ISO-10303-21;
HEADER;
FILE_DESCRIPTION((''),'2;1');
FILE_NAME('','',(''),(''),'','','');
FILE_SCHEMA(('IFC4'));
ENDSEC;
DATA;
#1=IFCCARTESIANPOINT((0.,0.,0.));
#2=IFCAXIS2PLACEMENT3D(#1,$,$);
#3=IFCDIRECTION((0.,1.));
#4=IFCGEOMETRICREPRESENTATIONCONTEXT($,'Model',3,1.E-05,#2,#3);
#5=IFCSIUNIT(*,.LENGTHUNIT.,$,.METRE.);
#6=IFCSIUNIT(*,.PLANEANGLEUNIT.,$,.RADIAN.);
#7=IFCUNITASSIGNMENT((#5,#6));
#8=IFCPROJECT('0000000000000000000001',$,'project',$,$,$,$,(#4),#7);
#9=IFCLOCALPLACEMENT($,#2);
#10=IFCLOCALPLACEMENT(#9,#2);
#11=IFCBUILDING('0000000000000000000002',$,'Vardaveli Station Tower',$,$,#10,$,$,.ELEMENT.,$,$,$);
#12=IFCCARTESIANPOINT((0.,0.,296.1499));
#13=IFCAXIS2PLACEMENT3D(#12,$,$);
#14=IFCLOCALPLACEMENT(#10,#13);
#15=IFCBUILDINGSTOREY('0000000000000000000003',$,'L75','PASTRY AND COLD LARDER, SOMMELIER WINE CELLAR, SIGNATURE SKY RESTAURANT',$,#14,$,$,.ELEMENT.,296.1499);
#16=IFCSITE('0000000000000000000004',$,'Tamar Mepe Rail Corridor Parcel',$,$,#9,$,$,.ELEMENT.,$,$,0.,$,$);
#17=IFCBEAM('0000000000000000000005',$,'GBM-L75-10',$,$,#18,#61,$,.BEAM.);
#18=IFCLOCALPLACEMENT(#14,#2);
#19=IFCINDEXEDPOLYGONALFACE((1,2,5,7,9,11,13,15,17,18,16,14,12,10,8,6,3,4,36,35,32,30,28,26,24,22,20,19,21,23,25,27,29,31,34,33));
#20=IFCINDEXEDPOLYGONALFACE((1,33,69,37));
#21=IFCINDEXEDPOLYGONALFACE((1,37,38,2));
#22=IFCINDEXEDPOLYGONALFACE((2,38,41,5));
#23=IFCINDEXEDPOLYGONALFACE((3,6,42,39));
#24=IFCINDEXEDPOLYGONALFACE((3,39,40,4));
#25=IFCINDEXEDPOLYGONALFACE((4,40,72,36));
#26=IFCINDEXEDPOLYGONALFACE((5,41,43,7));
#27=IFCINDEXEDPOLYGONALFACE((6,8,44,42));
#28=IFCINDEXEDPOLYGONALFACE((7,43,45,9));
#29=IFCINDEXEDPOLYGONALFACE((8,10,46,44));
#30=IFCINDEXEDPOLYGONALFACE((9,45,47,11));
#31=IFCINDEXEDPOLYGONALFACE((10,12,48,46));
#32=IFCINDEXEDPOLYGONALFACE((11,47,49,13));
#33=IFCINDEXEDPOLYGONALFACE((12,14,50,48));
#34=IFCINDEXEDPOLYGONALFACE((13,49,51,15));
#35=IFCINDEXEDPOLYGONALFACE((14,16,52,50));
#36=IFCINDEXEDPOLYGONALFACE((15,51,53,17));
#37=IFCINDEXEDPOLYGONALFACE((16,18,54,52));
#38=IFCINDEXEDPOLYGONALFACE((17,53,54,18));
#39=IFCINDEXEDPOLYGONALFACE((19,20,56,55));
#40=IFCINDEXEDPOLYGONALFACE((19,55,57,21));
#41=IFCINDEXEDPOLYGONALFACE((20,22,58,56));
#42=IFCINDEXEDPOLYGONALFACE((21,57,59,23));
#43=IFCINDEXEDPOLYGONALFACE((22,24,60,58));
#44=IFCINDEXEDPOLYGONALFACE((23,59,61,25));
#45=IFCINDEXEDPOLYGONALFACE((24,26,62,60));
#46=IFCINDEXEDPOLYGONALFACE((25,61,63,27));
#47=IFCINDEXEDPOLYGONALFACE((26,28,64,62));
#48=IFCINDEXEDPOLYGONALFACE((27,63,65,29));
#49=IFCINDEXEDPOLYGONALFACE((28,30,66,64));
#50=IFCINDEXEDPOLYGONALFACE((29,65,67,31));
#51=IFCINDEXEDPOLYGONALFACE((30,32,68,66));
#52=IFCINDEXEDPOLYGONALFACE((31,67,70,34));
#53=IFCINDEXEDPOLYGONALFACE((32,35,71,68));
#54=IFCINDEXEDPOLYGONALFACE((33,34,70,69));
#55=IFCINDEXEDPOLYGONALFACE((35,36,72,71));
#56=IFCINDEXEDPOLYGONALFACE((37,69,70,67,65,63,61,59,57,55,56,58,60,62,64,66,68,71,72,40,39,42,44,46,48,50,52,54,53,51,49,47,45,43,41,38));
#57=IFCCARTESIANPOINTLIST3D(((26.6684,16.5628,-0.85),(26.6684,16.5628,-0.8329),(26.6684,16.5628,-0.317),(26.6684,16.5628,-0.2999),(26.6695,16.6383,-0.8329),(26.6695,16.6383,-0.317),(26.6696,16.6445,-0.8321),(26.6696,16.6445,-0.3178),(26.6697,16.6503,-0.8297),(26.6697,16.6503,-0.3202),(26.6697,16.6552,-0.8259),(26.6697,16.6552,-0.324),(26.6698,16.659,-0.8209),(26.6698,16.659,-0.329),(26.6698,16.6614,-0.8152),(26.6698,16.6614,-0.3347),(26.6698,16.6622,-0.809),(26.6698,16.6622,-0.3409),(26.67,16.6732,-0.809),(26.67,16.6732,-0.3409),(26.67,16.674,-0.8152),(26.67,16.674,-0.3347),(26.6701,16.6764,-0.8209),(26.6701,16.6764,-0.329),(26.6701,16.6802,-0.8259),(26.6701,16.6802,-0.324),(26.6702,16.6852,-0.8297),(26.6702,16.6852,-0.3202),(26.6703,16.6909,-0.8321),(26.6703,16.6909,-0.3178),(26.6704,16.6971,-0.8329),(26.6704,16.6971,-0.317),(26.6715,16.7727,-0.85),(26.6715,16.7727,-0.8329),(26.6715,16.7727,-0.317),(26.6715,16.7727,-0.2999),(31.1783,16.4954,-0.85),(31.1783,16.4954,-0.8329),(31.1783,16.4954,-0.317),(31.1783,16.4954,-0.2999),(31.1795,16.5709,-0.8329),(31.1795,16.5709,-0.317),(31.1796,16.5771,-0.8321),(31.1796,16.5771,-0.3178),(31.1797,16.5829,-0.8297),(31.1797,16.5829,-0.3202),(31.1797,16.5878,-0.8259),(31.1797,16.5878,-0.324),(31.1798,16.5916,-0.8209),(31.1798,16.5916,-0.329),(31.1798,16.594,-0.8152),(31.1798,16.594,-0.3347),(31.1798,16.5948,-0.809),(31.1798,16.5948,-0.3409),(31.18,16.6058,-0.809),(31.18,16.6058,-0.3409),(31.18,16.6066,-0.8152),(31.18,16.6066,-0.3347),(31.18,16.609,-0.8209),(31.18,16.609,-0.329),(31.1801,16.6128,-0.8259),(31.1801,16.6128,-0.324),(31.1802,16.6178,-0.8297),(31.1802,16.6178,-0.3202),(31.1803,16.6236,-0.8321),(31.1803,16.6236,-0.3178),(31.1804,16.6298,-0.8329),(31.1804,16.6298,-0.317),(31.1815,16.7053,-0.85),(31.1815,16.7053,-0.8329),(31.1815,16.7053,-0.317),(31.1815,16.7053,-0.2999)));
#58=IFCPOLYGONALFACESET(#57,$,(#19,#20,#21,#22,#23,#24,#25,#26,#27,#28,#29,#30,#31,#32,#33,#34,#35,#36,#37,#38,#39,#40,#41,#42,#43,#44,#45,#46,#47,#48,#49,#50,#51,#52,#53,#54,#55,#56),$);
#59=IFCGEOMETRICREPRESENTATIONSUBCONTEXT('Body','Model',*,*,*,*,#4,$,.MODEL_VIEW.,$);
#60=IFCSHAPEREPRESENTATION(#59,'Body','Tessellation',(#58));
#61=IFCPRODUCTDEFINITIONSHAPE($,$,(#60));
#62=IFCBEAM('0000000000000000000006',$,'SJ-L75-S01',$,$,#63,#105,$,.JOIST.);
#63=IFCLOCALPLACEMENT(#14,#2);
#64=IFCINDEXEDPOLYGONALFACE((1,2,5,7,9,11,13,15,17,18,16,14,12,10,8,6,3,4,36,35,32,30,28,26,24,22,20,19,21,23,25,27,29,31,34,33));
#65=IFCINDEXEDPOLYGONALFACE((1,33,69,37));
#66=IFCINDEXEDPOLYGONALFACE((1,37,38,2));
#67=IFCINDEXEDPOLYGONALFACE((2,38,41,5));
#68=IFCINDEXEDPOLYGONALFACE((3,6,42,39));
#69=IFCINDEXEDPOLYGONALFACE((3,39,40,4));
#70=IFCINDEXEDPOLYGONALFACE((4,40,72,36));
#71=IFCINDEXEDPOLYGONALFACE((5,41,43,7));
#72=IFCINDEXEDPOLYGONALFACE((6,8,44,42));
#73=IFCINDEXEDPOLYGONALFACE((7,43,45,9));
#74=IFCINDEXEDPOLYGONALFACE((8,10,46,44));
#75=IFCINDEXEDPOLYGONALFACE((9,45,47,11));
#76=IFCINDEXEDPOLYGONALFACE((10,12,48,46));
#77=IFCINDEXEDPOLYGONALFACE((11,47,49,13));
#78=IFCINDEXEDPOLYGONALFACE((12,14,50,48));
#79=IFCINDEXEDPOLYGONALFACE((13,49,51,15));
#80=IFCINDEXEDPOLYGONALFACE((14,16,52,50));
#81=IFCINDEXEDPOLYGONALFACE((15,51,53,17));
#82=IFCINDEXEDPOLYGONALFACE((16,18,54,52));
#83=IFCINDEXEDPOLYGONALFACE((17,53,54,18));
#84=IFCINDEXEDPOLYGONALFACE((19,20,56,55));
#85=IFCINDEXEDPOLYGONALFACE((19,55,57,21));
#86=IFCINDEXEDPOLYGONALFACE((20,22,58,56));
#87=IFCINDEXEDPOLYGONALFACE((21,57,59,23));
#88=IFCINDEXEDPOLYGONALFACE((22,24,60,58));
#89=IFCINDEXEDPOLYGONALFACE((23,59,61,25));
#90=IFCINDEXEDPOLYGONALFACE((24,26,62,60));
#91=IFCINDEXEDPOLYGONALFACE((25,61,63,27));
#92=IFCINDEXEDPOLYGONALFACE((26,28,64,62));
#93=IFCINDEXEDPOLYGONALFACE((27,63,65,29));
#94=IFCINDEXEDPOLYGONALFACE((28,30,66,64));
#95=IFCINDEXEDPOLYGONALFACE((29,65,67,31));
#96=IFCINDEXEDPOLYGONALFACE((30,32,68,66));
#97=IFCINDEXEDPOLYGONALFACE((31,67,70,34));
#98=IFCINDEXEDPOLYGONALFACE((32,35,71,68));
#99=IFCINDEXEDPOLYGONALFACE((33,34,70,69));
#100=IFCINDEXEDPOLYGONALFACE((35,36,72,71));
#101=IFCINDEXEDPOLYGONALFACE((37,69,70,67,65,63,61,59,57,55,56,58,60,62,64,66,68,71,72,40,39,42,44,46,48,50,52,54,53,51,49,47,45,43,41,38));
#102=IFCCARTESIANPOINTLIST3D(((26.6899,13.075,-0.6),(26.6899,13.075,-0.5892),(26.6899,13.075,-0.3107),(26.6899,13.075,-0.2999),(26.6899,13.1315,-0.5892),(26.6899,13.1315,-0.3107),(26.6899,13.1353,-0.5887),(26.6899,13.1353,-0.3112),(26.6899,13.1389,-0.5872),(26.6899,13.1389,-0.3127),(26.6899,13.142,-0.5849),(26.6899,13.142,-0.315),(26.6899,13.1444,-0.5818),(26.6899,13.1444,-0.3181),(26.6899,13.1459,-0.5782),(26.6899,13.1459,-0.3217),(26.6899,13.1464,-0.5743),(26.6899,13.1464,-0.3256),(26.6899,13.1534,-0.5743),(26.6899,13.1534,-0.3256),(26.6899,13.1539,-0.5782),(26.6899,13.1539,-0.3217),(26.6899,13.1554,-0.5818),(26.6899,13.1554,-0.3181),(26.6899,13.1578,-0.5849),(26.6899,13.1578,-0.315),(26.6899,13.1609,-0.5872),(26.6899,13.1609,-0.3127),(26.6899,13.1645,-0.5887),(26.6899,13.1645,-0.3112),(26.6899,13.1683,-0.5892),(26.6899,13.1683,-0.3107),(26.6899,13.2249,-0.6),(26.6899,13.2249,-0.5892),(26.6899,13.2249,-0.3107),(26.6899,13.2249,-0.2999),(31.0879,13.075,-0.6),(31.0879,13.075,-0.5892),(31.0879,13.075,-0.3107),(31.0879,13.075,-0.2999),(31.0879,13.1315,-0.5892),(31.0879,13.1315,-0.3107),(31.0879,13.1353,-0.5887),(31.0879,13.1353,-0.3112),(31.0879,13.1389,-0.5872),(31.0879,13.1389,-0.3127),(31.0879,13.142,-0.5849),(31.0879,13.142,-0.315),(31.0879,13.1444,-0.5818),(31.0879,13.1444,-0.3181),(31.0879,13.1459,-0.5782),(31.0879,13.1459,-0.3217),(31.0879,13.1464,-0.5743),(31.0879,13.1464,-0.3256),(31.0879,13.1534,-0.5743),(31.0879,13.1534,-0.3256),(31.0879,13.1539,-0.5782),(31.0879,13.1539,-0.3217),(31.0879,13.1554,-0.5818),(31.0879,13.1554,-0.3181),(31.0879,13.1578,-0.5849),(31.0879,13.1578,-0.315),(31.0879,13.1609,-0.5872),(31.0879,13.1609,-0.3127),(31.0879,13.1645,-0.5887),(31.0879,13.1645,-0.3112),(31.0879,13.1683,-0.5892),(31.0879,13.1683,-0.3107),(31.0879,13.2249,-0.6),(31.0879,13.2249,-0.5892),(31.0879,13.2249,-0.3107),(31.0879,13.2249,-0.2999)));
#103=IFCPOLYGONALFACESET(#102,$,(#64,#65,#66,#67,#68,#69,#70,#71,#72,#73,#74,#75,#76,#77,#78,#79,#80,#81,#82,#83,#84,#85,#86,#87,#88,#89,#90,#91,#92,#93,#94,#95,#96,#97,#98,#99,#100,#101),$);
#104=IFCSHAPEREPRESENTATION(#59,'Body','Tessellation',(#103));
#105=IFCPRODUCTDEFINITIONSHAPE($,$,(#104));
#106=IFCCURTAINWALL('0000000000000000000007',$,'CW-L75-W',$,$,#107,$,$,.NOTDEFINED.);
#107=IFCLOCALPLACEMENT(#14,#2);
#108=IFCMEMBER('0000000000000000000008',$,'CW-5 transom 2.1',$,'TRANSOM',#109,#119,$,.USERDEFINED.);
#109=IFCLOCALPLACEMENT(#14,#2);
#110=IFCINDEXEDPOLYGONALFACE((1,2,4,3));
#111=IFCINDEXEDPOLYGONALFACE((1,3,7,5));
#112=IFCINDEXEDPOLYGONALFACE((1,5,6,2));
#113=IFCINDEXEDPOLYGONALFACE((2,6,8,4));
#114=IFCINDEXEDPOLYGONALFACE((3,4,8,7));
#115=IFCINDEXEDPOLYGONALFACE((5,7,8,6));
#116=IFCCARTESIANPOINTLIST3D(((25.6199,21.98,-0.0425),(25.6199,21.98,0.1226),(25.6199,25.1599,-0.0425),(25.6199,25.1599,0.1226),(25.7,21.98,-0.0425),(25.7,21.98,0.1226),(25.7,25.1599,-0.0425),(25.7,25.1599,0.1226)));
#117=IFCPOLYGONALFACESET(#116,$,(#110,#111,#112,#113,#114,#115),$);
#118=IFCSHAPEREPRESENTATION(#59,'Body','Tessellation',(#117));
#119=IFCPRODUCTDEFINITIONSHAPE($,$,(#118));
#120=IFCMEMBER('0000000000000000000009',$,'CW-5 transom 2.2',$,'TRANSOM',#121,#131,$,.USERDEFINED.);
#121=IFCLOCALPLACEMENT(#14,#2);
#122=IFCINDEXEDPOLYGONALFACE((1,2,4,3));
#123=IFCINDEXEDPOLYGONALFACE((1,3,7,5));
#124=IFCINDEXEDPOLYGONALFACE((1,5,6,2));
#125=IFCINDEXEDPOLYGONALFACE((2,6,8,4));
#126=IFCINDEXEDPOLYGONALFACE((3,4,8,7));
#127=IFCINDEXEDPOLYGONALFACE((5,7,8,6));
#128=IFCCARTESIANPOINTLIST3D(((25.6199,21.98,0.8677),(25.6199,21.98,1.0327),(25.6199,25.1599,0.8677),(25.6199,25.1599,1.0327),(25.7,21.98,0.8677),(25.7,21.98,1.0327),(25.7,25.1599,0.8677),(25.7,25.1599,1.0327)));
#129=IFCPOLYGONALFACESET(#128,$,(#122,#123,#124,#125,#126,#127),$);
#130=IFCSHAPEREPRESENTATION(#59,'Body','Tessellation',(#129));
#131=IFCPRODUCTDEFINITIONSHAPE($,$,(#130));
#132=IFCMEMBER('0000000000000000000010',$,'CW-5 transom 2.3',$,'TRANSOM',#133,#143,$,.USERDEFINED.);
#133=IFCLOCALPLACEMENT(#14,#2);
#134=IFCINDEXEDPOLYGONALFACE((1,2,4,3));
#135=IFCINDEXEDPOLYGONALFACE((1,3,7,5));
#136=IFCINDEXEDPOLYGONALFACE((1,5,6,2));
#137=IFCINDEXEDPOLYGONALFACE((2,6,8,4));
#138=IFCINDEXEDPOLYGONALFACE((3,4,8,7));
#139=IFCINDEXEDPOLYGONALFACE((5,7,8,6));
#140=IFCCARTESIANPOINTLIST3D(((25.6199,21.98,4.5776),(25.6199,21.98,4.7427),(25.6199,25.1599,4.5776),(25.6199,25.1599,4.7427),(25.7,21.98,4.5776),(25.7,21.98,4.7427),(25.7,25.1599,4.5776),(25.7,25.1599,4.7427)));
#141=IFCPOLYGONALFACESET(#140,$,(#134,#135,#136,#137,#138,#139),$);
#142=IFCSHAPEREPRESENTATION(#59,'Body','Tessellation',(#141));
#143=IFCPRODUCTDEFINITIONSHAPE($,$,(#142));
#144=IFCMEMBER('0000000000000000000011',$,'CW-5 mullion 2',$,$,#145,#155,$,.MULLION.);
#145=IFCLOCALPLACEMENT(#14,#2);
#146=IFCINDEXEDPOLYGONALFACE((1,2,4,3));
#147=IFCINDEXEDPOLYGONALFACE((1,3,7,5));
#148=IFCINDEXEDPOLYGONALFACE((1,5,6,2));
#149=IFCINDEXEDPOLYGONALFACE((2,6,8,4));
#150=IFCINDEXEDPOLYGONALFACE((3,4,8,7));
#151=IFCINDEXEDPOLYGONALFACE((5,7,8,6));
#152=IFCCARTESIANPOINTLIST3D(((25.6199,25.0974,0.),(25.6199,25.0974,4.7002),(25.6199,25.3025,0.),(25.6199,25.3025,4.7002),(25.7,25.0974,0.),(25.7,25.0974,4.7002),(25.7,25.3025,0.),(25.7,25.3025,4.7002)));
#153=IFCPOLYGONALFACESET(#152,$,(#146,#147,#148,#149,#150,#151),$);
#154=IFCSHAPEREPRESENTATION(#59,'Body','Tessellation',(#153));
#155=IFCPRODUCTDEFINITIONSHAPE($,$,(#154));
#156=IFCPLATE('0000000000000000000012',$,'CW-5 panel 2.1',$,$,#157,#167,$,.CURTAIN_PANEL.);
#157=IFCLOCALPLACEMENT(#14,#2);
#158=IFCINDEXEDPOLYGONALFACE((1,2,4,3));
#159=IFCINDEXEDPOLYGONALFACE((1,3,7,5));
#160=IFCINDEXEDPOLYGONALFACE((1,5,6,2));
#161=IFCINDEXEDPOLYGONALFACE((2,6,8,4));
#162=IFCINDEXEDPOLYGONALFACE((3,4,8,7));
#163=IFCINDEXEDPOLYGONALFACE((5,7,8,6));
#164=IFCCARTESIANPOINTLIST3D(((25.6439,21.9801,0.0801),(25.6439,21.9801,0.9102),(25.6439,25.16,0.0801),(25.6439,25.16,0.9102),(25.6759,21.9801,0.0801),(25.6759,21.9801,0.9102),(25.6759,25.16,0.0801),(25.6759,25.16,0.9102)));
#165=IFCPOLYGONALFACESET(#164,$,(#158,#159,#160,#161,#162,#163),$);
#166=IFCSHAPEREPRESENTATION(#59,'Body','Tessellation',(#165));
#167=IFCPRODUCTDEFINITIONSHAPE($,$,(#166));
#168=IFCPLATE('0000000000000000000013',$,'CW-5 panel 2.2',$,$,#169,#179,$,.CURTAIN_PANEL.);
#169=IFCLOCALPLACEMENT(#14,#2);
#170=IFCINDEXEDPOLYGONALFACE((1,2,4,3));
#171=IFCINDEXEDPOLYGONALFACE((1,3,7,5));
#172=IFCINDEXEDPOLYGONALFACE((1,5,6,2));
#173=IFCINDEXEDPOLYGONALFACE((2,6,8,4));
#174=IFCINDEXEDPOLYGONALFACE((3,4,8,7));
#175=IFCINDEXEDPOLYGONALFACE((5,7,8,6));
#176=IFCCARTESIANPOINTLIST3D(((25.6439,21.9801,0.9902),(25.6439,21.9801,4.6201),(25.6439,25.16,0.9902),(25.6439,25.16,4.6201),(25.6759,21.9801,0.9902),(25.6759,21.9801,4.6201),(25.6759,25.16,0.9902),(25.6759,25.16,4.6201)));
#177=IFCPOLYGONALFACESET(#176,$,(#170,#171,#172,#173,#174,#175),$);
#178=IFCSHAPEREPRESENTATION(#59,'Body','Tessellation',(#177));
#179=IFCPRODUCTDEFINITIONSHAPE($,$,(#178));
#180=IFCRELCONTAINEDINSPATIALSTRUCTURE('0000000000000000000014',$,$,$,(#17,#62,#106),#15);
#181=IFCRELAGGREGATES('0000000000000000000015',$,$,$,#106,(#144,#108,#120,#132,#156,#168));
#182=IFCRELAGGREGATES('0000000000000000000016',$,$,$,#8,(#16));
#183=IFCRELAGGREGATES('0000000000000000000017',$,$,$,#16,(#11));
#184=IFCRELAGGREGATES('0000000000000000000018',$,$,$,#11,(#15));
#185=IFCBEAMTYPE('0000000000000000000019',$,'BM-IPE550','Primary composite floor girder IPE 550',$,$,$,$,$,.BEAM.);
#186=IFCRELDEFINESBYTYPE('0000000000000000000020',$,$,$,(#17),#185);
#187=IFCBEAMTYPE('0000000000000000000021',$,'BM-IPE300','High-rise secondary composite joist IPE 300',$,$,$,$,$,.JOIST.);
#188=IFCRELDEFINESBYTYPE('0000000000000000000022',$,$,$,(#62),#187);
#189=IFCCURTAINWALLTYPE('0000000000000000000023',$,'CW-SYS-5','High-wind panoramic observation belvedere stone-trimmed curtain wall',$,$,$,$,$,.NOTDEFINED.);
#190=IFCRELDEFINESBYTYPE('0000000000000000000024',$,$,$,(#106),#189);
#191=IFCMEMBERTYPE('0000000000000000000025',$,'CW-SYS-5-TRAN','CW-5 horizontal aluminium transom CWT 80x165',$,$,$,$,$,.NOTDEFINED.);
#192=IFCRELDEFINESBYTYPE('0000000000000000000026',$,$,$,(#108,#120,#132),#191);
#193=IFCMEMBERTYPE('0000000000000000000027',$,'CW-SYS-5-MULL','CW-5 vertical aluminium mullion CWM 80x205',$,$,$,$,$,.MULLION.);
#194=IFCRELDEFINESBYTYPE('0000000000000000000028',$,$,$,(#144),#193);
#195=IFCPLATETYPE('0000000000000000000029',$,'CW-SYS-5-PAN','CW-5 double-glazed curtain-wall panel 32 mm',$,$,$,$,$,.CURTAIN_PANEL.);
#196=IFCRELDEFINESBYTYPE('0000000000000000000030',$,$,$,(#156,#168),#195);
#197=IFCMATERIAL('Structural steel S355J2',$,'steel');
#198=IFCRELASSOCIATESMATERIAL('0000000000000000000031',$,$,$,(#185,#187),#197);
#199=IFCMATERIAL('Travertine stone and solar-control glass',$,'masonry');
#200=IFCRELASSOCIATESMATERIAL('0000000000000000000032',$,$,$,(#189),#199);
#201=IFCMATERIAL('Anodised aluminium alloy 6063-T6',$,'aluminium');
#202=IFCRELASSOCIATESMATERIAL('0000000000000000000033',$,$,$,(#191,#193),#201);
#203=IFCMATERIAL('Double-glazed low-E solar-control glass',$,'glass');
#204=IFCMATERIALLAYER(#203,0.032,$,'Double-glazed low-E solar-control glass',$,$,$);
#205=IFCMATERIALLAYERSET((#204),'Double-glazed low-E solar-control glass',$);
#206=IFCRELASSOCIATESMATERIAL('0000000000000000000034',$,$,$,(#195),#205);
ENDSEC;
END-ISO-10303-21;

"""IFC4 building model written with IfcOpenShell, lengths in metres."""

from ifc_helpers import new_model, si_unit, direction, frame, origin, origin_2d, place, context, subcontext, project, spatial, rectangle, i_section, extrude, source, transform, mapped, material, layer, layer_set, material_profile, profile_set, type_object, element, aggregate, save


model = new_model("IFC4")

# Units and contexts
model_context = context("Model", 3, precision=1e-05, world=origin(), true_north=direction((0.0, 1.0)))
body_context = subcontext(model_context, "Body", "Model", "MODEL_VIEW")
ifc_project = project(units=[si_unit("LENGTHUNIT", "METRE"), si_unit("PLANEANGLEUNIT", "RADIAN")], contexts=[model_context])

# Site, building, storey
site_placement = place(None, origin())
site = spatial("IfcSite", under=ifc_project, at=site_placement, Name="Tamar Mepe Rail Corridor Parcel", CompositionType="ELEMENT", RefElevation=0.0)
building_placement = place(site_placement, origin())
building = spatial("IfcBuilding", under=site, at=building_placement, Name="Vardaveli Station Tower", CompositionType="ELEMENT")
storey_placement = place(building_placement, frame((0.0, 0.0, 296.1499)))
storey = spatial("IfcBuildingStorey", under=building, at=storey_placement, Name="L75", Description="PASTRY AND COLD LARDER, SOMMELIER WINE CELLAR, SIGNATURE SKY RESTAURANT", CompositionType="ELEMENT", Elevation=296.1499)

# Shared definitions
ifc_material_1 = material(Name="Structural steel S355J2", Category="steel")

# Beams
ifc_material_profile_1 = material_profile(ifc_material_1, i_section(OverallWidth=0.21, OverallDepth=0.55, WebThickness=0.011, FlangeThickness=0.0171, FilletRadius=0.0239, at=origin_2d()), Name="IPE 550")
ifc_profile_set_1 = profile_set([ifc_material_profile_1], Name="Structural steel S355J2")
beam_type_1 = type_object("IfcBeamType", Name="BM-IPE550", Description="Primary composite floor girder IPE 550", PredefinedType="BEAM", material=ifc_profile_set_1)
shared_shape_1 = source(origin(), body_context, "Body", "SweptSolid", [
    extrude(i_section(OverallWidth=0.21, OverallDepth=0.55, WebThickness=0.011, FlangeThickness=0.0171, FilletRadius=0.0239, at=origin_2d()), origin(), (0.0, 0.0, 1.0), 4.5105),
])
beam_1_placement = place(storey_placement, frame((26.6699, 16.6677, -0.575), z_axis=(0.999888, -0.014939, 0.0), x_axis=(0.014939, 0.999888, 0.0)))
element("IfcBeam", 1, at=beam_1_placement, inside=storey, type_object=beam_type_1, Name="GBM-L75-10", PredefinedType="BEAM", context=body_context, shape_type="MappedRepresentation", body=[
    mapped(shared_shape_1, transform((0.0, 0.0, 0.0), scale=1.0)),
])
ifc_material_profile_2 = material_profile(ifc_material_1, i_section(OverallWidth=0.1499, OverallDepth=0.3, WebThickness=0.0071, FlangeThickness=0.0107, FilletRadius=0.0149, at=origin_2d()), Name="IPE 300")
ifc_profile_set_2 = profile_set([ifc_material_profile_2], Name="Structural steel S355J2")
beam_type_2 = type_object("IfcBeamType", Name="BM-IPE300", Description="High-rise secondary composite joist IPE 300", PredefinedType="JOIST", material=ifc_profile_set_2)
shared_shape_2 = source(origin(), body_context, "Body", "SweptSolid", [
    extrude(i_section(OverallWidth=0.1499, OverallDepth=0.3, WebThickness=0.0071, FlangeThickness=0.0107, FilletRadius=0.0149, at=origin_2d()), origin(), (0.0, 0.0, 1.0), 4.3979),
])
beam_2_placement = place(storey_placement, frame((26.6899, 13.1499, -0.45), z_axis=(1.0, 0.0, 0.0), x_axis=(0.0, 1.0, 0.0)))
element("IfcBeam", 2, at=beam_2_placement, inside=storey, type_object=beam_type_2, Name="SJ-L75-S01", PredefinedType="JOIST", context=body_context, shape_type="MappedRepresentation", body=[
    mapped(shared_shape_2, transform((0.0, 0.0, 0.0), scale=1.0)),
])

# Curtain wall, members, plates
ifc_material_2 = material(Name="Travertine stone and solar-control glass", Category="masonry")
curtain_wall_type = type_object("IfcCurtainWallType", Name="CW-SYS-5", Description="High-wind panoramic observation belvedere stone-trimmed curtain wall", PredefinedType="NOTDEFINED", material=ifc_material_2)
curtain_wall_placement = place(storey_placement, origin())
curtain_wall = element("IfcCurtainWall", 3, at=curtain_wall_placement, inside=storey, type_object=curtain_wall_type, Name="CW-L75-W", PredefinedType="NOTDEFINED")
ifc_material_3 = material(Name="Anodised aluminium alloy 6063-T6", Category="aluminium")
ifc_material_profile_3 = material_profile(ifc_material_3, rectangle(XDim=0.0801, YDim=0.165, at=origin_2d()), Name="CWT 80x165")
ifc_profile_set_3 = profile_set([ifc_material_profile_3], Name="Anodised aluminium alloy 6063-T6")
member_type_1 = type_object("IfcMemberType", Name="CW-SYS-5-TRAN", Description="CW-5 horizontal aluminium transom CWT 80x165", PredefinedType="NOTDEFINED", material=ifc_profile_set_3)
shared_shape_3 = source(origin(), body_context, "Body", "SweptSolid", [
    extrude(rectangle(XDim=0.0801, YDim=0.165, at=origin_2d()), origin(), (0.0, 0.0, 1.0), 3.1799),
])
member_1_placement = place(storey_placement, frame((25.6599, 25.1599, 0.04), z_axis=(0.0, -1.0, 0.0), x_axis=(1.0, 0.0, 0.0)))
member_1 = element("IfcMember", 4, at=member_1_placement, type_object=member_type_1, Name="CW-5 transom 2.1", ObjectType="TRANSOM", PredefinedType="USERDEFINED", context=body_context, shape_type="MappedRepresentation", body=[
    mapped(shared_shape_3, transform((0.0, 0.0, 0.0), scale=1.0)),
])
member_2_placement = place(storey_placement, frame((25.6599, 25.1599, 0.9502), z_axis=(0.0, -1.0, 0.0), x_axis=(1.0, 0.0, 0.0)))
member_2 = element("IfcMember", 5, at=member_2_placement, type_object=member_type_1, Name="CW-5 transom 2.2", ObjectType="TRANSOM", PredefinedType="USERDEFINED", context=body_context, shape_type="MappedRepresentation", body=[
    mapped(shared_shape_3, transform((0.0, 0.0, 0.0), scale=1.0)),
])
member_3_placement = place(storey_placement, frame((25.6599, 25.1599, 4.6602), z_axis=(0.0, -1.0, 0.0), x_axis=(1.0, 0.0, 0.0)))
member_3 = element("IfcMember", 6, at=member_3_placement, type_object=member_type_1, Name="CW-5 transom 2.3", ObjectType="TRANSOM", PredefinedType="USERDEFINED", context=body_context, shape_type="MappedRepresentation", body=[
    mapped(shared_shape_3, transform((0.0, 0.0, 0.0), scale=1.0)),
])
ifc_material_profile_4 = material_profile(ifc_material_3, rectangle(XDim=0.0801, YDim=0.2051, at=origin_2d()), Name="CWM 80x205")
ifc_profile_set_4 = profile_set([ifc_material_profile_4], Name="Anodised aluminium alloy 6063-T6")
member_type_2 = type_object("IfcMemberType", Name="CW-SYS-5-MULL", Description="CW-5 vertical aluminium mullion CWM 80x205", PredefinedType="MULLION", material=ifc_profile_set_4)
shared_shape_4 = source(origin(), body_context, "Body", "SweptSolid", [
    extrude(rectangle(XDim=0.0801, YDim=0.2051, at=origin_2d()), origin(), (0.0, 0.0, 1.0), 4.7002),
])
member_4_placement = place(storey_placement, frame((25.6599, 25.2, 0.0), z_axis=(0.0, 0.0, 1.0), x_axis=(1.0, 0.0, 0.0)))
member_4 = element("IfcMember", 7, at=member_4_placement, type_object=member_type_2, Name="CW-5 mullion 2", PredefinedType="MULLION", context=body_context, shape_type="MappedRepresentation", body=[
    mapped(shared_shape_4, transform((0.0, 0.0, 0.0), scale=1.0)),
])
ifc_material_4 = material(Name="Double-glazed low-E solar-control glass", Category="glass")
ifc_layer_1 = layer(ifc_material_4, 0.032, Name="Double-glazed low-E solar-control glass")
ifc_layer_set_1 = layer_set([ifc_layer_1], Name="Double-glazed low-E solar-control glass")
plate_type = type_object("IfcPlateType", Name="CW-SYS-5-PAN", Description="CW-5 double-glazed curtain-wall panel 32 mm", PredefinedType="CURTAIN_PANEL", material=ifc_layer_set_1)
shared_shape_5 = source(origin(), body_context, "Body", "SweptSolid", [
    extrude(rectangle(XDim=3.1799, YDim=0.032, at=origin_2d()), origin(), (0.0, 0.0, 1.0), 0.8301),
])
plate_1_placement = place(storey_placement, frame((25.6599, 23.5701, 0.0801), z_axis=(0.0, 0.0, 1.0), x_axis=(0.0, -1.0, 0.0)))
plate_1 = element("IfcPlate", 8, at=plate_1_placement, type_object=plate_type, Name="CW-5 panel 2.1", PredefinedType="CURTAIN_PANEL", context=body_context, shape_type="MappedRepresentation", body=[
    mapped(shared_shape_5, transform((0.0, 0.0, 0.0), scale=1.0)),
])
shared_shape_6 = source(origin(), body_context, "Body", "SweptSolid", [
    extrude(rectangle(XDim=3.1799, YDim=0.032, at=origin_2d()), origin(), (0.0, 0.0, 1.0), 3.6299),
])
plate_2_placement = place(storey_placement, frame((25.6599, 23.5701, 0.9902), z_axis=(0.0, 0.0, 1.0), x_axis=(0.0, -1.0, 0.0)))
plate_2 = element("IfcPlate", 9, at=plate_2_placement, type_object=plate_type, Name="CW-5 panel 2.2", PredefinedType="CURTAIN_PANEL", context=body_context, shape_type="MappedRepresentation", body=[
    mapped(shared_shape_6, transform((0.0, 0.0, 0.0), scale=1.0)),
])
aggregate(curtain_wall, [member_4, member_1, member_2, member_3, plate_1, plate_2])

save(model, "model.ifc")
